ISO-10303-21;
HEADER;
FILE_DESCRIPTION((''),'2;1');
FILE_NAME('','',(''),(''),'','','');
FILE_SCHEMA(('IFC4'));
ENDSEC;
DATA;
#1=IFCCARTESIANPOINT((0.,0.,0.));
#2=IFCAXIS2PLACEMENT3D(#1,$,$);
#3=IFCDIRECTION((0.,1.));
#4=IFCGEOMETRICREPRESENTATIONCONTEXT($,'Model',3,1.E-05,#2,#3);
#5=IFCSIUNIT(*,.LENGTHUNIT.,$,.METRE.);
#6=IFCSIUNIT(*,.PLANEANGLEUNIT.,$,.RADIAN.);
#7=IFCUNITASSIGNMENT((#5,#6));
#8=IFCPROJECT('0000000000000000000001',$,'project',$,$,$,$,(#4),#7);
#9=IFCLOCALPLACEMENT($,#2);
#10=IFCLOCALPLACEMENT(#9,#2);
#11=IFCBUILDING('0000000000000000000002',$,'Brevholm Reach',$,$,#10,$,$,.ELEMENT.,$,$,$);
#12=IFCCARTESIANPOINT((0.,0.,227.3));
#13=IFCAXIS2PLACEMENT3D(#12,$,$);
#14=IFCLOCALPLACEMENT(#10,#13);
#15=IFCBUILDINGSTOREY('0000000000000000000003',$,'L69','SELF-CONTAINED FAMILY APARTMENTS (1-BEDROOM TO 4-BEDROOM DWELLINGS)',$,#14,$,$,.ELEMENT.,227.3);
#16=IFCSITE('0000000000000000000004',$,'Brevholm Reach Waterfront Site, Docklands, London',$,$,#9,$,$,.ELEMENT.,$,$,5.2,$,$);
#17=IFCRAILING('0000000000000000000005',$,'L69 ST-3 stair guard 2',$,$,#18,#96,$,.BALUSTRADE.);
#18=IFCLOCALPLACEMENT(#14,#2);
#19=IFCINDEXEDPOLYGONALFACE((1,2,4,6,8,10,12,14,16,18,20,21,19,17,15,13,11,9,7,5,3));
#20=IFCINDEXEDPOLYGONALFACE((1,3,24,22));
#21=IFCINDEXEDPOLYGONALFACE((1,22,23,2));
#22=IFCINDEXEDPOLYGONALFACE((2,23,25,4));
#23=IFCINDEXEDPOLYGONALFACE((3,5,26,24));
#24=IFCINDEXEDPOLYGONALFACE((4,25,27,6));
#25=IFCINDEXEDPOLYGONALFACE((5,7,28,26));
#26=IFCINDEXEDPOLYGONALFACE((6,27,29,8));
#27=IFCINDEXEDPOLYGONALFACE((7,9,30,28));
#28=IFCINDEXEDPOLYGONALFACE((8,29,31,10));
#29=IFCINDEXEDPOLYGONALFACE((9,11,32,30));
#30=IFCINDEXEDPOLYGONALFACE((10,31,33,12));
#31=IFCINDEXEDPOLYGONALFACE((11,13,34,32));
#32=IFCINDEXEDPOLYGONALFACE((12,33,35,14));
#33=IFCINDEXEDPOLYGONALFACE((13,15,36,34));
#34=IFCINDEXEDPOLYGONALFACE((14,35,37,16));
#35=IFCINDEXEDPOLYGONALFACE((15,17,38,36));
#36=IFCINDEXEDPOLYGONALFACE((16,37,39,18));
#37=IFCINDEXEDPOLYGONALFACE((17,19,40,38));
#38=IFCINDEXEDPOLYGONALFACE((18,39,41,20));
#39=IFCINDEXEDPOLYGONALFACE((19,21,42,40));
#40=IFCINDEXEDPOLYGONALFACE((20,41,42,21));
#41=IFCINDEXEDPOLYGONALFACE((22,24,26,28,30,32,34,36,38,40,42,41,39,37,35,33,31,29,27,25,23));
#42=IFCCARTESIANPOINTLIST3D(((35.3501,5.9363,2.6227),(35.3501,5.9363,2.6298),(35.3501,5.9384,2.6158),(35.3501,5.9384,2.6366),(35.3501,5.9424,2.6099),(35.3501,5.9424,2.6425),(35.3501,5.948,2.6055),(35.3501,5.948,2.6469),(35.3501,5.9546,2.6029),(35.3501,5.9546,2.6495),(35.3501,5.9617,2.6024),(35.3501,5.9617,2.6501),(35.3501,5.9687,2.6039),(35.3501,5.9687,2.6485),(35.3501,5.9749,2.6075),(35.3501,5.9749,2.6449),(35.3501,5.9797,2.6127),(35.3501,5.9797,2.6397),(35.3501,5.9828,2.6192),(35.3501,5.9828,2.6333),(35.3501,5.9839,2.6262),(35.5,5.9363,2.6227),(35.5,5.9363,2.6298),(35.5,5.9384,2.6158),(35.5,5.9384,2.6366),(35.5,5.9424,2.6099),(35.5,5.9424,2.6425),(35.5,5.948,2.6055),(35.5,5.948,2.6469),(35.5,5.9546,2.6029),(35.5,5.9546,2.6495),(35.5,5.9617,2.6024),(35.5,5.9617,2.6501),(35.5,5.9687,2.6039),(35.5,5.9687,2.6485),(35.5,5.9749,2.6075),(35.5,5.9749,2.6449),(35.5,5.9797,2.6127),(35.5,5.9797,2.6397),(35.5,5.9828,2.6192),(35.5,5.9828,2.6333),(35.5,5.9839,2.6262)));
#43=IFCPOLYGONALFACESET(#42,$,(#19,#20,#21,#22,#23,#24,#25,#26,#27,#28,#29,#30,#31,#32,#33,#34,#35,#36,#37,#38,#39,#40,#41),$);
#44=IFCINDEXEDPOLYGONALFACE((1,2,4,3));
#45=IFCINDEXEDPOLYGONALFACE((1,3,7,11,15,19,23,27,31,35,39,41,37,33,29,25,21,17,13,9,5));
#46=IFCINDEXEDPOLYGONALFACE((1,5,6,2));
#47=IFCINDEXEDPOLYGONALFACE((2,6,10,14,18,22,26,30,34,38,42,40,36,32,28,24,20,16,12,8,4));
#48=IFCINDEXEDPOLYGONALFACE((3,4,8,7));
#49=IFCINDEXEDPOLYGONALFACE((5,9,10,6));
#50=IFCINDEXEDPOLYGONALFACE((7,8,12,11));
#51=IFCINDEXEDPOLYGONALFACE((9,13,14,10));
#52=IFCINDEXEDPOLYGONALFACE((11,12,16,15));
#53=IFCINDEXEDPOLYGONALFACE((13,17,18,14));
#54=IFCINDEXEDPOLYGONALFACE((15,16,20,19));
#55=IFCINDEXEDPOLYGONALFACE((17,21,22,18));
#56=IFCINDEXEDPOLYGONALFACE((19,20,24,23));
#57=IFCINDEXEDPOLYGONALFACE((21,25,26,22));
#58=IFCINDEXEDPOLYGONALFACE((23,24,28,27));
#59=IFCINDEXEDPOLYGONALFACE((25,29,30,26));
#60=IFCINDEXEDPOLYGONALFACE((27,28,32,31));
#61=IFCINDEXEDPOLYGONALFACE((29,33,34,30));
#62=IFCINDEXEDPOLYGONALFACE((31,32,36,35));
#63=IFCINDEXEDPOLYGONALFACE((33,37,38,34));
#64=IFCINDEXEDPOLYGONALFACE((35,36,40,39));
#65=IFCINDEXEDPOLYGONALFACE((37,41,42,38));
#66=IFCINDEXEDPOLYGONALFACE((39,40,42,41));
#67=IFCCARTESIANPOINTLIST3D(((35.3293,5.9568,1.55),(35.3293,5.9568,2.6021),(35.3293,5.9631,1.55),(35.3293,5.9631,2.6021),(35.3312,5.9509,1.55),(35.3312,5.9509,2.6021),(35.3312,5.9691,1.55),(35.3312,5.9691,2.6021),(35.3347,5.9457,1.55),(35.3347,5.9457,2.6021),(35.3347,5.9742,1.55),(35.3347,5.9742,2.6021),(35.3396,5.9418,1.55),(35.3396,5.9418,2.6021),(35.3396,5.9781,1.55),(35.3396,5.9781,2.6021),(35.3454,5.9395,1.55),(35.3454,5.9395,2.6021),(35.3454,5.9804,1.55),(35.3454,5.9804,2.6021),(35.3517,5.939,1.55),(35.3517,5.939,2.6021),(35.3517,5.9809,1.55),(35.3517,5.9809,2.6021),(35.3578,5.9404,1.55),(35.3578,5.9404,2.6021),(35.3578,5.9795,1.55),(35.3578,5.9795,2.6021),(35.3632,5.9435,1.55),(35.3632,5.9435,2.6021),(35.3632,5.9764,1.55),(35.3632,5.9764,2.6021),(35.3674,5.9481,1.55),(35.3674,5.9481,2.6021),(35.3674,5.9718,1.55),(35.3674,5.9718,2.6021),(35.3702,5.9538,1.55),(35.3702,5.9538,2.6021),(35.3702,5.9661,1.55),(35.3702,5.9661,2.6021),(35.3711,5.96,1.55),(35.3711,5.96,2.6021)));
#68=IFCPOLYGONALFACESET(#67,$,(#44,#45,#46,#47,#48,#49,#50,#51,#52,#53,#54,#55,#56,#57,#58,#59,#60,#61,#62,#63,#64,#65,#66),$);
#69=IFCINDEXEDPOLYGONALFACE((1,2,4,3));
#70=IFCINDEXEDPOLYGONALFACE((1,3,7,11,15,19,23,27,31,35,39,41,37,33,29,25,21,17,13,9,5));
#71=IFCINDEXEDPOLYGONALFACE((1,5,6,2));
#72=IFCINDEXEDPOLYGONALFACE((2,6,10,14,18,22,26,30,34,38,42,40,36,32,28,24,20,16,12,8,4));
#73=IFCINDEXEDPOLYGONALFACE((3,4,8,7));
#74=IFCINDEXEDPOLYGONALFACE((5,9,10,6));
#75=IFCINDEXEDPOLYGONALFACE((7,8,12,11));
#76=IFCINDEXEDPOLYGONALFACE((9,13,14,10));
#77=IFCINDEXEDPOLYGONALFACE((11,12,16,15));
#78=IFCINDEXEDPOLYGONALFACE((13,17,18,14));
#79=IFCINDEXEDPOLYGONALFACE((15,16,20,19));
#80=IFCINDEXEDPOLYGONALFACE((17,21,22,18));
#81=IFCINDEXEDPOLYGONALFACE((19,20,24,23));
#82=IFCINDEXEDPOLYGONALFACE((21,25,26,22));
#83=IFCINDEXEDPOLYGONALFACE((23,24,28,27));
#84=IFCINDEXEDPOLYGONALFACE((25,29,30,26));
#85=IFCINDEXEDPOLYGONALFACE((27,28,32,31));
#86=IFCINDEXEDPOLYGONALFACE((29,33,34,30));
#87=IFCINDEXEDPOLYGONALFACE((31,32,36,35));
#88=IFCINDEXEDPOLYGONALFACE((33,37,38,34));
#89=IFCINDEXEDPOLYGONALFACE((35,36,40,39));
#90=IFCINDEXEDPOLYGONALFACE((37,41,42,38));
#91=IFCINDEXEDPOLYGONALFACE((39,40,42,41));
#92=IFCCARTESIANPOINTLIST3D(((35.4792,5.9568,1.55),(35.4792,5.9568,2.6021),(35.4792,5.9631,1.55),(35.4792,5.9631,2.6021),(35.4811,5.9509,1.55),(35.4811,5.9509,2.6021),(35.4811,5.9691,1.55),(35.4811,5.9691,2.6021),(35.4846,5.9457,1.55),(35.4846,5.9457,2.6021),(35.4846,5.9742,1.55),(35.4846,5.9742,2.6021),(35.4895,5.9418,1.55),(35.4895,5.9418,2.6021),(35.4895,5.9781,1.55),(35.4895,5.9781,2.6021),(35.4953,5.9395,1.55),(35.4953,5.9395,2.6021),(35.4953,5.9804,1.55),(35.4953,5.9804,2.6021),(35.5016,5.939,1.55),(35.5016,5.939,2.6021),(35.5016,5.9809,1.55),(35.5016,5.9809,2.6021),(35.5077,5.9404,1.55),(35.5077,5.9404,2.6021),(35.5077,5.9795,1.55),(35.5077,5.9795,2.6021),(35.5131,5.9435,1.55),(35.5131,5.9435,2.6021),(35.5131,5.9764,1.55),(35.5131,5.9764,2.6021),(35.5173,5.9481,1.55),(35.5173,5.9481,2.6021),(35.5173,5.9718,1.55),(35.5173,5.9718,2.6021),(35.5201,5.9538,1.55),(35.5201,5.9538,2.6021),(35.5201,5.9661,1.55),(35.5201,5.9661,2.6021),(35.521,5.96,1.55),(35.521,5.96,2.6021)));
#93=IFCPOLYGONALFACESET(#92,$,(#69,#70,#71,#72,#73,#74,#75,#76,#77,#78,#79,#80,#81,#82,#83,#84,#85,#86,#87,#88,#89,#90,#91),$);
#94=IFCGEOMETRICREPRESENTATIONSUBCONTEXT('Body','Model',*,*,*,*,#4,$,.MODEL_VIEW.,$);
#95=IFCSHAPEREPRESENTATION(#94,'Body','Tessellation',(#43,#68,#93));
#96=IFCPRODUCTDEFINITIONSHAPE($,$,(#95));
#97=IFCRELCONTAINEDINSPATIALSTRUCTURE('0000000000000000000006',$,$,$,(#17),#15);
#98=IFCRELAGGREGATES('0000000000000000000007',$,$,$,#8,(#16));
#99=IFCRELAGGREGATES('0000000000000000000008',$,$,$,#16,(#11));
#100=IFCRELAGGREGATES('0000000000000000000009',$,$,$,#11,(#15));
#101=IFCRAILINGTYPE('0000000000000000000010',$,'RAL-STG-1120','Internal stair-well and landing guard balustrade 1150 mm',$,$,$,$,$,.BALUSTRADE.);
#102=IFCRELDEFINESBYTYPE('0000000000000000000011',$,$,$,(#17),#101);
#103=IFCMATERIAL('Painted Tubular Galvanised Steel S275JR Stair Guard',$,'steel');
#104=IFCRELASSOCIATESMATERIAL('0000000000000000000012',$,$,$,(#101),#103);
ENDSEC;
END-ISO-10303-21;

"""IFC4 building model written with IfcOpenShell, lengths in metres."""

from ifc_helpers import new_model, si_unit, direction, frame, origin, origin_2d, place, context, subcontext, project, spatial, circle, extrude, material, type_object, element, save


model = new_model("IFC4")

# Units and contexts
model_context = context("Model", 3, precision=1e-05, world=origin(), true_north=direction((0.0, 1.0)))
body_context = subcontext(model_context, "Body", "Model", "MODEL_VIEW")
ifc_project = project(units=[si_unit("LENGTHUNIT", "METRE"), si_unit("PLANEANGLEUNIT", "RADIAN")], contexts=[model_context])

# Site, building, storey
site_placement = place(None, origin())
site = spatial("IfcSite", under=ifc_project, at=site_placement, Name="Brevholm Reach Waterfront Site, Docklands, London", CompositionType="ELEMENT", RefElevation=5.2)
building_placement = place(site_placement, origin())
building = spatial("IfcBuilding", under=site, at=building_placement, Name="Brevholm Reach", CompositionType="ELEMENT")
storey_placement = place(building_placement, frame((0.0, 0.0, 227.3)))
storey = spatial("IfcBuildingStorey", under=building, at=storey_placement, Name="L69", Description="SELF-CONTAINED FAMILY APARTMENTS (1-BEDROOM TO 4-BEDROOM DWELLINGS)", CompositionType="ELEMENT", Elevation=227.3)

# Railing
ifc_material_1 = material(Name="Painted Tubular Galvanised Steel S275JR Stair Guard", Category="steel")
railing_type_1 = type_object("IfcRailingType", Name="RAL-STG-1120", Description="Internal stair-well and landing guard balustrade 1150 mm", PredefinedType="BALUSTRADE", material=ifc_material_1)
railing_1_placement = place(storey_placement, frame((35.3501, 5.96, 1.55)))
element("IfcRailing", 1, at=railing_1_placement, inside=storey, type_object=railing_type_1, Name="L69 ST-3 stair guard 2", PredefinedType="BALUSTRADE", context=body_context, shape_type="SweptSolid", body=[
    extrude(circle(Radius=0.0239, at=origin_2d()), frame((0.0, 0.0, 1.0762), z_axis=(1.0, 0.0, 0.0), x_axis=(0.0, 1.0, 0.0)), (0.0, 0.0, 1.0), 0.1499),
    extrude(circle(Radius=0.021, at=origin_2d()), origin(), (0.0, 0.0, 1.0), 1.052),
    extrude(circle(Radius=0.021, at=origin_2d()), frame((0.1499, 0.0, 0.0)), (0.0, 0.0, 1.0), 1.052),
])

save(model, "model.ifc")
